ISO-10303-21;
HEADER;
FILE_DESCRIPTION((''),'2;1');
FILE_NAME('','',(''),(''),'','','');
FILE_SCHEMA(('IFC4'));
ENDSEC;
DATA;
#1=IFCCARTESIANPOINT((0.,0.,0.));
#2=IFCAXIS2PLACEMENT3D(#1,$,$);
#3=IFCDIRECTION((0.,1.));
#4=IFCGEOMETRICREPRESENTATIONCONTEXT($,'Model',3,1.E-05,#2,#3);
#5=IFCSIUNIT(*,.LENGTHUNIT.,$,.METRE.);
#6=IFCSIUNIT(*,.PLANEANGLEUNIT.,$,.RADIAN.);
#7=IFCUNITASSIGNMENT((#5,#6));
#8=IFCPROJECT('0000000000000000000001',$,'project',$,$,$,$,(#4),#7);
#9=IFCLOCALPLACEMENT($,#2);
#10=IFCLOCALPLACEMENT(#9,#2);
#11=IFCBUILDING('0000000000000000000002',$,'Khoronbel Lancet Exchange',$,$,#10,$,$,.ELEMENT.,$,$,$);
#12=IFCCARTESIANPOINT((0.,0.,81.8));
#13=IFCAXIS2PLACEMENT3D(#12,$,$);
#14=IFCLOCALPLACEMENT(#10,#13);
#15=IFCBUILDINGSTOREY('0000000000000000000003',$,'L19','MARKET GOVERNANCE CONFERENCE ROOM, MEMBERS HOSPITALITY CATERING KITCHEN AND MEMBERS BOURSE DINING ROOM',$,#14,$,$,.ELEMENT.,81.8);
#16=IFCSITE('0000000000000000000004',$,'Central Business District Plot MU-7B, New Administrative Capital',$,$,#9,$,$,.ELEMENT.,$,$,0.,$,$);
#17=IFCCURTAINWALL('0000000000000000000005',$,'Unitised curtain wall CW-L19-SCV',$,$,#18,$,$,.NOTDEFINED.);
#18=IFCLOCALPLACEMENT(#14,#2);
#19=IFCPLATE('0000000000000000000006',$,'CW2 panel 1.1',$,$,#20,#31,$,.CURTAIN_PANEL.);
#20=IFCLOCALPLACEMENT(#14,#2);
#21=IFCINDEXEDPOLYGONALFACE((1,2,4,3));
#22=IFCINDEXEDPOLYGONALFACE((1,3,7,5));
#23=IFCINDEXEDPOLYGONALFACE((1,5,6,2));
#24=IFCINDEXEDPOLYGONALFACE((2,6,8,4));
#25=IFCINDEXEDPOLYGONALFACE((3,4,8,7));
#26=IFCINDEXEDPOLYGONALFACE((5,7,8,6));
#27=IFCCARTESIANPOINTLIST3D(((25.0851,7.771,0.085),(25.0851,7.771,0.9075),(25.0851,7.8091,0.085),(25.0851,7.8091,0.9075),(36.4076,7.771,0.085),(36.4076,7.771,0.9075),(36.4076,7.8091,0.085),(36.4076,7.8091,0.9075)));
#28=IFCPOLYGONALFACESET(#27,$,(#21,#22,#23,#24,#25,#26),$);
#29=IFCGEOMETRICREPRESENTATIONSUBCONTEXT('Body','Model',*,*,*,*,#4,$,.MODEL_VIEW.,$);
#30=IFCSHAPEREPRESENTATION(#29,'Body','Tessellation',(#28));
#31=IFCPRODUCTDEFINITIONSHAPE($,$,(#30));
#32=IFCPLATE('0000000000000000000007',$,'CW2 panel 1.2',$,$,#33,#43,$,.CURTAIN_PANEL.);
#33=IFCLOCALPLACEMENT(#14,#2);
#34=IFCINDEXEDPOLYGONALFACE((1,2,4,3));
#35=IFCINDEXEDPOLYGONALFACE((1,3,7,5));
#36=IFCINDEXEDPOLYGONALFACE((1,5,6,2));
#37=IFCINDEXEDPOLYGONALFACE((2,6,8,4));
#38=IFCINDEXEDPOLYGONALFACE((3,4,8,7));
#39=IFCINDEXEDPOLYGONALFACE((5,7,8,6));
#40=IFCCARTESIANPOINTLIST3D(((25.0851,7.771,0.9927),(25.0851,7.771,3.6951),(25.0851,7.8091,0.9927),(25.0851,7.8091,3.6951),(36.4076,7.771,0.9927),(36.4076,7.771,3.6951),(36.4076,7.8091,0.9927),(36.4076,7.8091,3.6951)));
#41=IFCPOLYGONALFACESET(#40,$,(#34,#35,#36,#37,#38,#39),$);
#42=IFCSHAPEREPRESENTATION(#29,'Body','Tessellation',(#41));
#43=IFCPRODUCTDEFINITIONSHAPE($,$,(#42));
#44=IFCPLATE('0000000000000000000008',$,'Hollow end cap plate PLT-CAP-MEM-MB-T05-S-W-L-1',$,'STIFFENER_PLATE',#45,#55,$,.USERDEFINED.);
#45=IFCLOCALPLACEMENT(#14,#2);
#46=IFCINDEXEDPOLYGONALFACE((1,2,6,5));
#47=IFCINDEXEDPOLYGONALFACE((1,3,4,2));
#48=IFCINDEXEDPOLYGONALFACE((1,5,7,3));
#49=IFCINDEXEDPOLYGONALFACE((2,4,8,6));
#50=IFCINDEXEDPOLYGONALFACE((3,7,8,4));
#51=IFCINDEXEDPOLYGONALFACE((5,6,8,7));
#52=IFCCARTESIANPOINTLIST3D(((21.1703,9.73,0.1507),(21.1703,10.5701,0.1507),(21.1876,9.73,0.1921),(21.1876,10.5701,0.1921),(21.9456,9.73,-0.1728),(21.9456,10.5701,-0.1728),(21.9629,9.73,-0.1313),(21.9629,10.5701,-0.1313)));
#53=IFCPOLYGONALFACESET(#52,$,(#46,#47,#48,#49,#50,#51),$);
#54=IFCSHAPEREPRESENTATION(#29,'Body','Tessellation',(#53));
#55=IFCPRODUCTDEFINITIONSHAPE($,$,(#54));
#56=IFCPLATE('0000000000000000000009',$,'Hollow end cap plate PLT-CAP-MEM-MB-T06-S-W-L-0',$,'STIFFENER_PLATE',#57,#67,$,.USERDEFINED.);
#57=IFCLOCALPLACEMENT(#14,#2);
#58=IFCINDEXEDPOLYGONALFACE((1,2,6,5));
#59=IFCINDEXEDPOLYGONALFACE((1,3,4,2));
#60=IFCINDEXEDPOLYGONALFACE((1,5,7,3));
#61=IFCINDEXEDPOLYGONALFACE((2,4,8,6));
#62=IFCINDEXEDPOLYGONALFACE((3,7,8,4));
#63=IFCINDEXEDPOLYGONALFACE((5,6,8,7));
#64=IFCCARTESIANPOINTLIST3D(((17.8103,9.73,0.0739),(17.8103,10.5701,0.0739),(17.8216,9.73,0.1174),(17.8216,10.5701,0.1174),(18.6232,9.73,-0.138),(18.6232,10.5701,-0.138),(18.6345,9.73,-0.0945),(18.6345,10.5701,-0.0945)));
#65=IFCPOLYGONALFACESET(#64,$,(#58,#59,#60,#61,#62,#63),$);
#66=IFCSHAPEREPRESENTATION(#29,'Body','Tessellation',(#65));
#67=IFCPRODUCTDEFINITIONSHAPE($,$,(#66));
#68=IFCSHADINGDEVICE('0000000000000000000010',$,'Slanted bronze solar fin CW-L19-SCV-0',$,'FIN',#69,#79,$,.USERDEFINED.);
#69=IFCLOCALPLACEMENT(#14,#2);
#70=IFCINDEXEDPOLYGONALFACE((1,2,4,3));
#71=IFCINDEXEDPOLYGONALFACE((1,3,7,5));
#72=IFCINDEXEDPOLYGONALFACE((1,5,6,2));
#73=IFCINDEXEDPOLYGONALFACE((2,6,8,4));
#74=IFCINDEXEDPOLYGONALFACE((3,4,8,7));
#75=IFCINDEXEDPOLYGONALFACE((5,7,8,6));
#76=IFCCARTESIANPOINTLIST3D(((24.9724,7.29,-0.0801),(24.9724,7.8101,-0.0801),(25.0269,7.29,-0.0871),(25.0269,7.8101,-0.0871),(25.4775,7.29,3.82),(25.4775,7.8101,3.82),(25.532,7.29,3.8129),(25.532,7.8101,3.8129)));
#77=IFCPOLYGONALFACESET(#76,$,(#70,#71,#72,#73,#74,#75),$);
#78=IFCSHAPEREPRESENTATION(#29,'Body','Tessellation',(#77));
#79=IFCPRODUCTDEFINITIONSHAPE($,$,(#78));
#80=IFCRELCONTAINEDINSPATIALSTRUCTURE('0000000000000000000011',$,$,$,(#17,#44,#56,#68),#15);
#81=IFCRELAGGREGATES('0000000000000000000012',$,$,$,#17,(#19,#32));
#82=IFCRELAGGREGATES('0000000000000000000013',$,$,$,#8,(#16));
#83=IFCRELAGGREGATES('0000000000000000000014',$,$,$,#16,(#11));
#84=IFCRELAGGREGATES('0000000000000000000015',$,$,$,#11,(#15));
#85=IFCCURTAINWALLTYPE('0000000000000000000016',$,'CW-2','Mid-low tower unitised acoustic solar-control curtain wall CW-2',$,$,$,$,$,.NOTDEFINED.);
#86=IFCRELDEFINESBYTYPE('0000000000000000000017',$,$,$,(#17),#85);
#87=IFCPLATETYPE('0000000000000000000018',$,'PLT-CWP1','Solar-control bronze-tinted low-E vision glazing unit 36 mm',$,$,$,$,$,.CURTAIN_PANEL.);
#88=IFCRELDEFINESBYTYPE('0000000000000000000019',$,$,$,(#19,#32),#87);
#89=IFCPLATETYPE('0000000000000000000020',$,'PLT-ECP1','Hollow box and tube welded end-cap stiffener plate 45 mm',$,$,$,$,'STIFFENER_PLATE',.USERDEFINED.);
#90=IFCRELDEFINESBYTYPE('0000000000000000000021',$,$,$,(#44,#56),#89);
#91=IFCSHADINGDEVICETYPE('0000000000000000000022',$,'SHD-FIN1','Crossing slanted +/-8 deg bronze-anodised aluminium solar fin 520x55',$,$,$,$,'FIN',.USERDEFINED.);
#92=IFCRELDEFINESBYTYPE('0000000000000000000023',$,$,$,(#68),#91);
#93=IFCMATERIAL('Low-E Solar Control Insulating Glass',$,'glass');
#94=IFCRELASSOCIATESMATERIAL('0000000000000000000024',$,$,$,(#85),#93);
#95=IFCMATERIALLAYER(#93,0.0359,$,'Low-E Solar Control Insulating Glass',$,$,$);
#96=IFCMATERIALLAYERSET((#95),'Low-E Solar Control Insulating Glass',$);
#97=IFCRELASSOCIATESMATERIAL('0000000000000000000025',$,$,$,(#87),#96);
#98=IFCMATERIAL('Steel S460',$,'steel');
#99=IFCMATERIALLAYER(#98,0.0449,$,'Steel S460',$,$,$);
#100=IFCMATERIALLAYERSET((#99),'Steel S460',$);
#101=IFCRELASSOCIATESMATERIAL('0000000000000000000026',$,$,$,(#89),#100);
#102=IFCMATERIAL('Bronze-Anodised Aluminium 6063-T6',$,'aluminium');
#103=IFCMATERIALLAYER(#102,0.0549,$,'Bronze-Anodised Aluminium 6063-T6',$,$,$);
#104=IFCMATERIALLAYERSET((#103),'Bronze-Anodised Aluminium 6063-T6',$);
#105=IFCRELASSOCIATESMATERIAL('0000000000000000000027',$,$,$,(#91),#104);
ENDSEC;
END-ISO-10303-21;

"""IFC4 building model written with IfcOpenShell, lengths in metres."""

from ifc_helpers import new_model, si_unit, direction, frame, origin, origin_2d, place, context, subcontext, project, spatial, polyline, rectangle, outline, extrude, material, layer, layer_set, type_object, element, aggregate, save


model = new_model("IFC4")

# Units and contexts
model_context = context("Model", 3, precision=1e-05, world=origin(), true_north=direction((0.0, 1.0)))
body_context = subcontext(model_context, "Body", "Model", "MODEL_VIEW")
ifc_project = project(units=[si_unit("LENGTHUNIT", "METRE"), si_unit("PLANEANGLEUNIT", "RADIAN")], contexts=[model_context])

# Site, building, storey
site_placement = place(None, origin())
site = spatial("IfcSite", under=ifc_project, at=site_placement, Name="Central Business District Plot MU-7B, New Administrative Capital", CompositionType="ELEMENT", RefElevation=0.0)
building_placement = place(site_placement, origin())
building = spatial("IfcBuilding", under=site, at=building_placement, Name="Khoronbel Lancet Exchange", CompositionType="ELEMENT")
storey_placement = place(building_placement, frame((0.0, 0.0, 81.8)))
storey = spatial("IfcBuildingStorey", under=building, at=storey_placement, Name="L19", Description="MARKET GOVERNANCE CONFERENCE ROOM, MEMBERS HOSPITALITY CATERING KITCHEN AND MEMBERS BOURSE DINING ROOM", CompositionType="ELEMENT", Elevation=81.8)

# Shared definitions
ifc_material_1 = material(Name="Steel S460", Category="steel")

# Curtain wall
ifc_material_2 = material(Name="Low-E Solar Control Insulating Glass", Category="glass")
curtain_wall_type = type_object("IfcCurtainWallType", Name="CW-2", Description="Mid-low tower unitised acoustic solar-control curtain wall CW-2", PredefinedType="NOTDEFINED", material=ifc_material_2)
ifc_material_3 = material(Name="Bronze-Anodised Aluminium 6063-T6", Category="aluminium")
curtain_wall_1_placement = place(storey_placement, origin())
curtain_wall_1 = element("IfcCurtainWall", 1, at=curtain_wall_1_placement, inside=storey, type_object=curtain_wall_type, Name="Unitised curtain wall CW-L19-SCV", PredefinedType="NOTDEFINED")

# Plates
ifc_layer_1 = layer(ifc_material_2, 0.0359, Name="Low-E Solar Control Insulating Glass")
ifc_layer_set_1 = layer_set([ifc_layer_1], Name="Low-E Solar Control Insulating Glass")
plate_type_1 = type_object("IfcPlateType", Name="PLT-CWP1", Description="Solar-control bronze-tinted low-E vision glazing unit 36 mm", PredefinedType="CURTAIN_PANEL", material=ifc_layer_set_1)
plate_1_placement = place(storey_placement, frame((30.7463, 7.79, 0.085), z_axis=(0.0, 0.0, 1.0), x_axis=(1.0, 0.0, 0.0)))
plate_1 = element("IfcPlate", 2, at=plate_1_placement, type_object=plate_type_1, Name="CW2 panel 1.1", PredefinedType="CURTAIN_PANEL", context=body_context, shape_type="SweptSolid", body=[
    extrude(rectangle(XDim=11.3225, YDim=0.0381, at=origin_2d()), origin(), (0.0, 0.0, 1.0), 0.8225),
])
plate_2_placement = place(storey_placement, frame((30.7463, 7.79, 0.9927), z_axis=(0.0, 0.0, 1.0), x_axis=(1.0, 0.0, 0.0)))
plate_2 = element("IfcPlate", 3, at=plate_2_placement, type_object=plate_type_1, Name="CW2 panel 1.2", PredefinedType="CURTAIN_PANEL", context=body_context, shape_type="SweptSolid", body=[
    extrude(rectangle(XDim=11.3225, YDim=0.0381, at=origin_2d()), origin(), (0.0, 0.0, 1.0), 2.7024),
])
aggregate(curtain_wall_1, [plate_1, plate_2])

# Plates
ifc_layer_2 = layer(ifc_material_1, 0.0449, Name="Steel S460")
ifc_layer_set_2 = layer_set([ifc_layer_2], Name="Steel S460")
plate_type_2 = type_object("IfcPlateType", Name="PLT-ECP1", Description="Hollow box and tube welded end-cap stiffener plate 45 mm", ElementType="STIFFENER_PLATE", PredefinedType="USERDEFINED", material=ifc_layer_set_2)
for number, where, z_axis, x_axis, name in (
    (4, (21.9629, 9.73, -0.1313), (0.385028, 0.0, 0.922905), (0.0, 1.0, 0.0), "Hollow end cap plate PLT-CAP-MEM-MB-T05-S-W-L-1"),
    (5, (18.6345, 9.73, -0.0945), (0.252233, 0.0, 0.967667), (0.0, 1.0, 0.0), "Hollow end cap plate PLT-CAP-MEM-MB-T06-S-W-L-0"),
):
    element("IfcPlate", number, at=place(storey_placement, frame(where, z_axis=z_axis, x_axis=x_axis)), inside=storey, type_object=plate_type_2, Name=name, ObjectType="STIFFENER_PLATE", PredefinedType="USERDEFINED", context=body_context, shape_type="SweptSolid", body=[
        extrude(outline(polyline([(0.0, 0.0), (0.8401, 0.0), (0.8401, 0.8401), (0.0, 0.8401), (0.0, 0.0)])), origin(), (0.0, 0.0, -1.0), 0.0449),
    ])

# Shading device
ifc_layer_3 = layer(ifc_material_3, 0.0549, Name="Bronze-Anodised Aluminium 6063-T6")
ifc_layer_set_3 = layer_set([ifc_layer_3], Name="Bronze-Anodised Aluminium 6063-T6")
shading_device_type = type_object("IfcShadingDeviceType", Name="SHD-FIN1", Description="Crossing slanted +/-8 deg bronze-anodised aluminium solar fin 520x55", ElementType="FIN", PredefinedType="USERDEFINED", material=ifc_layer_set_3)
shading_device_placement = place(storey_placement, frame((24.9724, 7.8101, -0.0801), z_axis=(-0.991717, 0.0, 0.128442), x_axis=(0.0, -1.0, 0.0)))
element("IfcShadingDevice", 6, at=shading_device_placement, inside=storey, type_object=shading_device_type, Name="Slanted bronze solar fin CW-L19-SCV-0", ObjectType="FIN", PredefinedType="USERDEFINED", context=body_context, shape_type="SweptSolid", body=[
    extrude(outline(polyline([(0.0, 0.0), (0.52, 0.0), (0.52, 3.9326), (0.0, 3.9326), (0.0, 0.0)])), origin(), (0.0, 0.0, -1.0), 0.0549),
])

save(model, "model.ifc")
